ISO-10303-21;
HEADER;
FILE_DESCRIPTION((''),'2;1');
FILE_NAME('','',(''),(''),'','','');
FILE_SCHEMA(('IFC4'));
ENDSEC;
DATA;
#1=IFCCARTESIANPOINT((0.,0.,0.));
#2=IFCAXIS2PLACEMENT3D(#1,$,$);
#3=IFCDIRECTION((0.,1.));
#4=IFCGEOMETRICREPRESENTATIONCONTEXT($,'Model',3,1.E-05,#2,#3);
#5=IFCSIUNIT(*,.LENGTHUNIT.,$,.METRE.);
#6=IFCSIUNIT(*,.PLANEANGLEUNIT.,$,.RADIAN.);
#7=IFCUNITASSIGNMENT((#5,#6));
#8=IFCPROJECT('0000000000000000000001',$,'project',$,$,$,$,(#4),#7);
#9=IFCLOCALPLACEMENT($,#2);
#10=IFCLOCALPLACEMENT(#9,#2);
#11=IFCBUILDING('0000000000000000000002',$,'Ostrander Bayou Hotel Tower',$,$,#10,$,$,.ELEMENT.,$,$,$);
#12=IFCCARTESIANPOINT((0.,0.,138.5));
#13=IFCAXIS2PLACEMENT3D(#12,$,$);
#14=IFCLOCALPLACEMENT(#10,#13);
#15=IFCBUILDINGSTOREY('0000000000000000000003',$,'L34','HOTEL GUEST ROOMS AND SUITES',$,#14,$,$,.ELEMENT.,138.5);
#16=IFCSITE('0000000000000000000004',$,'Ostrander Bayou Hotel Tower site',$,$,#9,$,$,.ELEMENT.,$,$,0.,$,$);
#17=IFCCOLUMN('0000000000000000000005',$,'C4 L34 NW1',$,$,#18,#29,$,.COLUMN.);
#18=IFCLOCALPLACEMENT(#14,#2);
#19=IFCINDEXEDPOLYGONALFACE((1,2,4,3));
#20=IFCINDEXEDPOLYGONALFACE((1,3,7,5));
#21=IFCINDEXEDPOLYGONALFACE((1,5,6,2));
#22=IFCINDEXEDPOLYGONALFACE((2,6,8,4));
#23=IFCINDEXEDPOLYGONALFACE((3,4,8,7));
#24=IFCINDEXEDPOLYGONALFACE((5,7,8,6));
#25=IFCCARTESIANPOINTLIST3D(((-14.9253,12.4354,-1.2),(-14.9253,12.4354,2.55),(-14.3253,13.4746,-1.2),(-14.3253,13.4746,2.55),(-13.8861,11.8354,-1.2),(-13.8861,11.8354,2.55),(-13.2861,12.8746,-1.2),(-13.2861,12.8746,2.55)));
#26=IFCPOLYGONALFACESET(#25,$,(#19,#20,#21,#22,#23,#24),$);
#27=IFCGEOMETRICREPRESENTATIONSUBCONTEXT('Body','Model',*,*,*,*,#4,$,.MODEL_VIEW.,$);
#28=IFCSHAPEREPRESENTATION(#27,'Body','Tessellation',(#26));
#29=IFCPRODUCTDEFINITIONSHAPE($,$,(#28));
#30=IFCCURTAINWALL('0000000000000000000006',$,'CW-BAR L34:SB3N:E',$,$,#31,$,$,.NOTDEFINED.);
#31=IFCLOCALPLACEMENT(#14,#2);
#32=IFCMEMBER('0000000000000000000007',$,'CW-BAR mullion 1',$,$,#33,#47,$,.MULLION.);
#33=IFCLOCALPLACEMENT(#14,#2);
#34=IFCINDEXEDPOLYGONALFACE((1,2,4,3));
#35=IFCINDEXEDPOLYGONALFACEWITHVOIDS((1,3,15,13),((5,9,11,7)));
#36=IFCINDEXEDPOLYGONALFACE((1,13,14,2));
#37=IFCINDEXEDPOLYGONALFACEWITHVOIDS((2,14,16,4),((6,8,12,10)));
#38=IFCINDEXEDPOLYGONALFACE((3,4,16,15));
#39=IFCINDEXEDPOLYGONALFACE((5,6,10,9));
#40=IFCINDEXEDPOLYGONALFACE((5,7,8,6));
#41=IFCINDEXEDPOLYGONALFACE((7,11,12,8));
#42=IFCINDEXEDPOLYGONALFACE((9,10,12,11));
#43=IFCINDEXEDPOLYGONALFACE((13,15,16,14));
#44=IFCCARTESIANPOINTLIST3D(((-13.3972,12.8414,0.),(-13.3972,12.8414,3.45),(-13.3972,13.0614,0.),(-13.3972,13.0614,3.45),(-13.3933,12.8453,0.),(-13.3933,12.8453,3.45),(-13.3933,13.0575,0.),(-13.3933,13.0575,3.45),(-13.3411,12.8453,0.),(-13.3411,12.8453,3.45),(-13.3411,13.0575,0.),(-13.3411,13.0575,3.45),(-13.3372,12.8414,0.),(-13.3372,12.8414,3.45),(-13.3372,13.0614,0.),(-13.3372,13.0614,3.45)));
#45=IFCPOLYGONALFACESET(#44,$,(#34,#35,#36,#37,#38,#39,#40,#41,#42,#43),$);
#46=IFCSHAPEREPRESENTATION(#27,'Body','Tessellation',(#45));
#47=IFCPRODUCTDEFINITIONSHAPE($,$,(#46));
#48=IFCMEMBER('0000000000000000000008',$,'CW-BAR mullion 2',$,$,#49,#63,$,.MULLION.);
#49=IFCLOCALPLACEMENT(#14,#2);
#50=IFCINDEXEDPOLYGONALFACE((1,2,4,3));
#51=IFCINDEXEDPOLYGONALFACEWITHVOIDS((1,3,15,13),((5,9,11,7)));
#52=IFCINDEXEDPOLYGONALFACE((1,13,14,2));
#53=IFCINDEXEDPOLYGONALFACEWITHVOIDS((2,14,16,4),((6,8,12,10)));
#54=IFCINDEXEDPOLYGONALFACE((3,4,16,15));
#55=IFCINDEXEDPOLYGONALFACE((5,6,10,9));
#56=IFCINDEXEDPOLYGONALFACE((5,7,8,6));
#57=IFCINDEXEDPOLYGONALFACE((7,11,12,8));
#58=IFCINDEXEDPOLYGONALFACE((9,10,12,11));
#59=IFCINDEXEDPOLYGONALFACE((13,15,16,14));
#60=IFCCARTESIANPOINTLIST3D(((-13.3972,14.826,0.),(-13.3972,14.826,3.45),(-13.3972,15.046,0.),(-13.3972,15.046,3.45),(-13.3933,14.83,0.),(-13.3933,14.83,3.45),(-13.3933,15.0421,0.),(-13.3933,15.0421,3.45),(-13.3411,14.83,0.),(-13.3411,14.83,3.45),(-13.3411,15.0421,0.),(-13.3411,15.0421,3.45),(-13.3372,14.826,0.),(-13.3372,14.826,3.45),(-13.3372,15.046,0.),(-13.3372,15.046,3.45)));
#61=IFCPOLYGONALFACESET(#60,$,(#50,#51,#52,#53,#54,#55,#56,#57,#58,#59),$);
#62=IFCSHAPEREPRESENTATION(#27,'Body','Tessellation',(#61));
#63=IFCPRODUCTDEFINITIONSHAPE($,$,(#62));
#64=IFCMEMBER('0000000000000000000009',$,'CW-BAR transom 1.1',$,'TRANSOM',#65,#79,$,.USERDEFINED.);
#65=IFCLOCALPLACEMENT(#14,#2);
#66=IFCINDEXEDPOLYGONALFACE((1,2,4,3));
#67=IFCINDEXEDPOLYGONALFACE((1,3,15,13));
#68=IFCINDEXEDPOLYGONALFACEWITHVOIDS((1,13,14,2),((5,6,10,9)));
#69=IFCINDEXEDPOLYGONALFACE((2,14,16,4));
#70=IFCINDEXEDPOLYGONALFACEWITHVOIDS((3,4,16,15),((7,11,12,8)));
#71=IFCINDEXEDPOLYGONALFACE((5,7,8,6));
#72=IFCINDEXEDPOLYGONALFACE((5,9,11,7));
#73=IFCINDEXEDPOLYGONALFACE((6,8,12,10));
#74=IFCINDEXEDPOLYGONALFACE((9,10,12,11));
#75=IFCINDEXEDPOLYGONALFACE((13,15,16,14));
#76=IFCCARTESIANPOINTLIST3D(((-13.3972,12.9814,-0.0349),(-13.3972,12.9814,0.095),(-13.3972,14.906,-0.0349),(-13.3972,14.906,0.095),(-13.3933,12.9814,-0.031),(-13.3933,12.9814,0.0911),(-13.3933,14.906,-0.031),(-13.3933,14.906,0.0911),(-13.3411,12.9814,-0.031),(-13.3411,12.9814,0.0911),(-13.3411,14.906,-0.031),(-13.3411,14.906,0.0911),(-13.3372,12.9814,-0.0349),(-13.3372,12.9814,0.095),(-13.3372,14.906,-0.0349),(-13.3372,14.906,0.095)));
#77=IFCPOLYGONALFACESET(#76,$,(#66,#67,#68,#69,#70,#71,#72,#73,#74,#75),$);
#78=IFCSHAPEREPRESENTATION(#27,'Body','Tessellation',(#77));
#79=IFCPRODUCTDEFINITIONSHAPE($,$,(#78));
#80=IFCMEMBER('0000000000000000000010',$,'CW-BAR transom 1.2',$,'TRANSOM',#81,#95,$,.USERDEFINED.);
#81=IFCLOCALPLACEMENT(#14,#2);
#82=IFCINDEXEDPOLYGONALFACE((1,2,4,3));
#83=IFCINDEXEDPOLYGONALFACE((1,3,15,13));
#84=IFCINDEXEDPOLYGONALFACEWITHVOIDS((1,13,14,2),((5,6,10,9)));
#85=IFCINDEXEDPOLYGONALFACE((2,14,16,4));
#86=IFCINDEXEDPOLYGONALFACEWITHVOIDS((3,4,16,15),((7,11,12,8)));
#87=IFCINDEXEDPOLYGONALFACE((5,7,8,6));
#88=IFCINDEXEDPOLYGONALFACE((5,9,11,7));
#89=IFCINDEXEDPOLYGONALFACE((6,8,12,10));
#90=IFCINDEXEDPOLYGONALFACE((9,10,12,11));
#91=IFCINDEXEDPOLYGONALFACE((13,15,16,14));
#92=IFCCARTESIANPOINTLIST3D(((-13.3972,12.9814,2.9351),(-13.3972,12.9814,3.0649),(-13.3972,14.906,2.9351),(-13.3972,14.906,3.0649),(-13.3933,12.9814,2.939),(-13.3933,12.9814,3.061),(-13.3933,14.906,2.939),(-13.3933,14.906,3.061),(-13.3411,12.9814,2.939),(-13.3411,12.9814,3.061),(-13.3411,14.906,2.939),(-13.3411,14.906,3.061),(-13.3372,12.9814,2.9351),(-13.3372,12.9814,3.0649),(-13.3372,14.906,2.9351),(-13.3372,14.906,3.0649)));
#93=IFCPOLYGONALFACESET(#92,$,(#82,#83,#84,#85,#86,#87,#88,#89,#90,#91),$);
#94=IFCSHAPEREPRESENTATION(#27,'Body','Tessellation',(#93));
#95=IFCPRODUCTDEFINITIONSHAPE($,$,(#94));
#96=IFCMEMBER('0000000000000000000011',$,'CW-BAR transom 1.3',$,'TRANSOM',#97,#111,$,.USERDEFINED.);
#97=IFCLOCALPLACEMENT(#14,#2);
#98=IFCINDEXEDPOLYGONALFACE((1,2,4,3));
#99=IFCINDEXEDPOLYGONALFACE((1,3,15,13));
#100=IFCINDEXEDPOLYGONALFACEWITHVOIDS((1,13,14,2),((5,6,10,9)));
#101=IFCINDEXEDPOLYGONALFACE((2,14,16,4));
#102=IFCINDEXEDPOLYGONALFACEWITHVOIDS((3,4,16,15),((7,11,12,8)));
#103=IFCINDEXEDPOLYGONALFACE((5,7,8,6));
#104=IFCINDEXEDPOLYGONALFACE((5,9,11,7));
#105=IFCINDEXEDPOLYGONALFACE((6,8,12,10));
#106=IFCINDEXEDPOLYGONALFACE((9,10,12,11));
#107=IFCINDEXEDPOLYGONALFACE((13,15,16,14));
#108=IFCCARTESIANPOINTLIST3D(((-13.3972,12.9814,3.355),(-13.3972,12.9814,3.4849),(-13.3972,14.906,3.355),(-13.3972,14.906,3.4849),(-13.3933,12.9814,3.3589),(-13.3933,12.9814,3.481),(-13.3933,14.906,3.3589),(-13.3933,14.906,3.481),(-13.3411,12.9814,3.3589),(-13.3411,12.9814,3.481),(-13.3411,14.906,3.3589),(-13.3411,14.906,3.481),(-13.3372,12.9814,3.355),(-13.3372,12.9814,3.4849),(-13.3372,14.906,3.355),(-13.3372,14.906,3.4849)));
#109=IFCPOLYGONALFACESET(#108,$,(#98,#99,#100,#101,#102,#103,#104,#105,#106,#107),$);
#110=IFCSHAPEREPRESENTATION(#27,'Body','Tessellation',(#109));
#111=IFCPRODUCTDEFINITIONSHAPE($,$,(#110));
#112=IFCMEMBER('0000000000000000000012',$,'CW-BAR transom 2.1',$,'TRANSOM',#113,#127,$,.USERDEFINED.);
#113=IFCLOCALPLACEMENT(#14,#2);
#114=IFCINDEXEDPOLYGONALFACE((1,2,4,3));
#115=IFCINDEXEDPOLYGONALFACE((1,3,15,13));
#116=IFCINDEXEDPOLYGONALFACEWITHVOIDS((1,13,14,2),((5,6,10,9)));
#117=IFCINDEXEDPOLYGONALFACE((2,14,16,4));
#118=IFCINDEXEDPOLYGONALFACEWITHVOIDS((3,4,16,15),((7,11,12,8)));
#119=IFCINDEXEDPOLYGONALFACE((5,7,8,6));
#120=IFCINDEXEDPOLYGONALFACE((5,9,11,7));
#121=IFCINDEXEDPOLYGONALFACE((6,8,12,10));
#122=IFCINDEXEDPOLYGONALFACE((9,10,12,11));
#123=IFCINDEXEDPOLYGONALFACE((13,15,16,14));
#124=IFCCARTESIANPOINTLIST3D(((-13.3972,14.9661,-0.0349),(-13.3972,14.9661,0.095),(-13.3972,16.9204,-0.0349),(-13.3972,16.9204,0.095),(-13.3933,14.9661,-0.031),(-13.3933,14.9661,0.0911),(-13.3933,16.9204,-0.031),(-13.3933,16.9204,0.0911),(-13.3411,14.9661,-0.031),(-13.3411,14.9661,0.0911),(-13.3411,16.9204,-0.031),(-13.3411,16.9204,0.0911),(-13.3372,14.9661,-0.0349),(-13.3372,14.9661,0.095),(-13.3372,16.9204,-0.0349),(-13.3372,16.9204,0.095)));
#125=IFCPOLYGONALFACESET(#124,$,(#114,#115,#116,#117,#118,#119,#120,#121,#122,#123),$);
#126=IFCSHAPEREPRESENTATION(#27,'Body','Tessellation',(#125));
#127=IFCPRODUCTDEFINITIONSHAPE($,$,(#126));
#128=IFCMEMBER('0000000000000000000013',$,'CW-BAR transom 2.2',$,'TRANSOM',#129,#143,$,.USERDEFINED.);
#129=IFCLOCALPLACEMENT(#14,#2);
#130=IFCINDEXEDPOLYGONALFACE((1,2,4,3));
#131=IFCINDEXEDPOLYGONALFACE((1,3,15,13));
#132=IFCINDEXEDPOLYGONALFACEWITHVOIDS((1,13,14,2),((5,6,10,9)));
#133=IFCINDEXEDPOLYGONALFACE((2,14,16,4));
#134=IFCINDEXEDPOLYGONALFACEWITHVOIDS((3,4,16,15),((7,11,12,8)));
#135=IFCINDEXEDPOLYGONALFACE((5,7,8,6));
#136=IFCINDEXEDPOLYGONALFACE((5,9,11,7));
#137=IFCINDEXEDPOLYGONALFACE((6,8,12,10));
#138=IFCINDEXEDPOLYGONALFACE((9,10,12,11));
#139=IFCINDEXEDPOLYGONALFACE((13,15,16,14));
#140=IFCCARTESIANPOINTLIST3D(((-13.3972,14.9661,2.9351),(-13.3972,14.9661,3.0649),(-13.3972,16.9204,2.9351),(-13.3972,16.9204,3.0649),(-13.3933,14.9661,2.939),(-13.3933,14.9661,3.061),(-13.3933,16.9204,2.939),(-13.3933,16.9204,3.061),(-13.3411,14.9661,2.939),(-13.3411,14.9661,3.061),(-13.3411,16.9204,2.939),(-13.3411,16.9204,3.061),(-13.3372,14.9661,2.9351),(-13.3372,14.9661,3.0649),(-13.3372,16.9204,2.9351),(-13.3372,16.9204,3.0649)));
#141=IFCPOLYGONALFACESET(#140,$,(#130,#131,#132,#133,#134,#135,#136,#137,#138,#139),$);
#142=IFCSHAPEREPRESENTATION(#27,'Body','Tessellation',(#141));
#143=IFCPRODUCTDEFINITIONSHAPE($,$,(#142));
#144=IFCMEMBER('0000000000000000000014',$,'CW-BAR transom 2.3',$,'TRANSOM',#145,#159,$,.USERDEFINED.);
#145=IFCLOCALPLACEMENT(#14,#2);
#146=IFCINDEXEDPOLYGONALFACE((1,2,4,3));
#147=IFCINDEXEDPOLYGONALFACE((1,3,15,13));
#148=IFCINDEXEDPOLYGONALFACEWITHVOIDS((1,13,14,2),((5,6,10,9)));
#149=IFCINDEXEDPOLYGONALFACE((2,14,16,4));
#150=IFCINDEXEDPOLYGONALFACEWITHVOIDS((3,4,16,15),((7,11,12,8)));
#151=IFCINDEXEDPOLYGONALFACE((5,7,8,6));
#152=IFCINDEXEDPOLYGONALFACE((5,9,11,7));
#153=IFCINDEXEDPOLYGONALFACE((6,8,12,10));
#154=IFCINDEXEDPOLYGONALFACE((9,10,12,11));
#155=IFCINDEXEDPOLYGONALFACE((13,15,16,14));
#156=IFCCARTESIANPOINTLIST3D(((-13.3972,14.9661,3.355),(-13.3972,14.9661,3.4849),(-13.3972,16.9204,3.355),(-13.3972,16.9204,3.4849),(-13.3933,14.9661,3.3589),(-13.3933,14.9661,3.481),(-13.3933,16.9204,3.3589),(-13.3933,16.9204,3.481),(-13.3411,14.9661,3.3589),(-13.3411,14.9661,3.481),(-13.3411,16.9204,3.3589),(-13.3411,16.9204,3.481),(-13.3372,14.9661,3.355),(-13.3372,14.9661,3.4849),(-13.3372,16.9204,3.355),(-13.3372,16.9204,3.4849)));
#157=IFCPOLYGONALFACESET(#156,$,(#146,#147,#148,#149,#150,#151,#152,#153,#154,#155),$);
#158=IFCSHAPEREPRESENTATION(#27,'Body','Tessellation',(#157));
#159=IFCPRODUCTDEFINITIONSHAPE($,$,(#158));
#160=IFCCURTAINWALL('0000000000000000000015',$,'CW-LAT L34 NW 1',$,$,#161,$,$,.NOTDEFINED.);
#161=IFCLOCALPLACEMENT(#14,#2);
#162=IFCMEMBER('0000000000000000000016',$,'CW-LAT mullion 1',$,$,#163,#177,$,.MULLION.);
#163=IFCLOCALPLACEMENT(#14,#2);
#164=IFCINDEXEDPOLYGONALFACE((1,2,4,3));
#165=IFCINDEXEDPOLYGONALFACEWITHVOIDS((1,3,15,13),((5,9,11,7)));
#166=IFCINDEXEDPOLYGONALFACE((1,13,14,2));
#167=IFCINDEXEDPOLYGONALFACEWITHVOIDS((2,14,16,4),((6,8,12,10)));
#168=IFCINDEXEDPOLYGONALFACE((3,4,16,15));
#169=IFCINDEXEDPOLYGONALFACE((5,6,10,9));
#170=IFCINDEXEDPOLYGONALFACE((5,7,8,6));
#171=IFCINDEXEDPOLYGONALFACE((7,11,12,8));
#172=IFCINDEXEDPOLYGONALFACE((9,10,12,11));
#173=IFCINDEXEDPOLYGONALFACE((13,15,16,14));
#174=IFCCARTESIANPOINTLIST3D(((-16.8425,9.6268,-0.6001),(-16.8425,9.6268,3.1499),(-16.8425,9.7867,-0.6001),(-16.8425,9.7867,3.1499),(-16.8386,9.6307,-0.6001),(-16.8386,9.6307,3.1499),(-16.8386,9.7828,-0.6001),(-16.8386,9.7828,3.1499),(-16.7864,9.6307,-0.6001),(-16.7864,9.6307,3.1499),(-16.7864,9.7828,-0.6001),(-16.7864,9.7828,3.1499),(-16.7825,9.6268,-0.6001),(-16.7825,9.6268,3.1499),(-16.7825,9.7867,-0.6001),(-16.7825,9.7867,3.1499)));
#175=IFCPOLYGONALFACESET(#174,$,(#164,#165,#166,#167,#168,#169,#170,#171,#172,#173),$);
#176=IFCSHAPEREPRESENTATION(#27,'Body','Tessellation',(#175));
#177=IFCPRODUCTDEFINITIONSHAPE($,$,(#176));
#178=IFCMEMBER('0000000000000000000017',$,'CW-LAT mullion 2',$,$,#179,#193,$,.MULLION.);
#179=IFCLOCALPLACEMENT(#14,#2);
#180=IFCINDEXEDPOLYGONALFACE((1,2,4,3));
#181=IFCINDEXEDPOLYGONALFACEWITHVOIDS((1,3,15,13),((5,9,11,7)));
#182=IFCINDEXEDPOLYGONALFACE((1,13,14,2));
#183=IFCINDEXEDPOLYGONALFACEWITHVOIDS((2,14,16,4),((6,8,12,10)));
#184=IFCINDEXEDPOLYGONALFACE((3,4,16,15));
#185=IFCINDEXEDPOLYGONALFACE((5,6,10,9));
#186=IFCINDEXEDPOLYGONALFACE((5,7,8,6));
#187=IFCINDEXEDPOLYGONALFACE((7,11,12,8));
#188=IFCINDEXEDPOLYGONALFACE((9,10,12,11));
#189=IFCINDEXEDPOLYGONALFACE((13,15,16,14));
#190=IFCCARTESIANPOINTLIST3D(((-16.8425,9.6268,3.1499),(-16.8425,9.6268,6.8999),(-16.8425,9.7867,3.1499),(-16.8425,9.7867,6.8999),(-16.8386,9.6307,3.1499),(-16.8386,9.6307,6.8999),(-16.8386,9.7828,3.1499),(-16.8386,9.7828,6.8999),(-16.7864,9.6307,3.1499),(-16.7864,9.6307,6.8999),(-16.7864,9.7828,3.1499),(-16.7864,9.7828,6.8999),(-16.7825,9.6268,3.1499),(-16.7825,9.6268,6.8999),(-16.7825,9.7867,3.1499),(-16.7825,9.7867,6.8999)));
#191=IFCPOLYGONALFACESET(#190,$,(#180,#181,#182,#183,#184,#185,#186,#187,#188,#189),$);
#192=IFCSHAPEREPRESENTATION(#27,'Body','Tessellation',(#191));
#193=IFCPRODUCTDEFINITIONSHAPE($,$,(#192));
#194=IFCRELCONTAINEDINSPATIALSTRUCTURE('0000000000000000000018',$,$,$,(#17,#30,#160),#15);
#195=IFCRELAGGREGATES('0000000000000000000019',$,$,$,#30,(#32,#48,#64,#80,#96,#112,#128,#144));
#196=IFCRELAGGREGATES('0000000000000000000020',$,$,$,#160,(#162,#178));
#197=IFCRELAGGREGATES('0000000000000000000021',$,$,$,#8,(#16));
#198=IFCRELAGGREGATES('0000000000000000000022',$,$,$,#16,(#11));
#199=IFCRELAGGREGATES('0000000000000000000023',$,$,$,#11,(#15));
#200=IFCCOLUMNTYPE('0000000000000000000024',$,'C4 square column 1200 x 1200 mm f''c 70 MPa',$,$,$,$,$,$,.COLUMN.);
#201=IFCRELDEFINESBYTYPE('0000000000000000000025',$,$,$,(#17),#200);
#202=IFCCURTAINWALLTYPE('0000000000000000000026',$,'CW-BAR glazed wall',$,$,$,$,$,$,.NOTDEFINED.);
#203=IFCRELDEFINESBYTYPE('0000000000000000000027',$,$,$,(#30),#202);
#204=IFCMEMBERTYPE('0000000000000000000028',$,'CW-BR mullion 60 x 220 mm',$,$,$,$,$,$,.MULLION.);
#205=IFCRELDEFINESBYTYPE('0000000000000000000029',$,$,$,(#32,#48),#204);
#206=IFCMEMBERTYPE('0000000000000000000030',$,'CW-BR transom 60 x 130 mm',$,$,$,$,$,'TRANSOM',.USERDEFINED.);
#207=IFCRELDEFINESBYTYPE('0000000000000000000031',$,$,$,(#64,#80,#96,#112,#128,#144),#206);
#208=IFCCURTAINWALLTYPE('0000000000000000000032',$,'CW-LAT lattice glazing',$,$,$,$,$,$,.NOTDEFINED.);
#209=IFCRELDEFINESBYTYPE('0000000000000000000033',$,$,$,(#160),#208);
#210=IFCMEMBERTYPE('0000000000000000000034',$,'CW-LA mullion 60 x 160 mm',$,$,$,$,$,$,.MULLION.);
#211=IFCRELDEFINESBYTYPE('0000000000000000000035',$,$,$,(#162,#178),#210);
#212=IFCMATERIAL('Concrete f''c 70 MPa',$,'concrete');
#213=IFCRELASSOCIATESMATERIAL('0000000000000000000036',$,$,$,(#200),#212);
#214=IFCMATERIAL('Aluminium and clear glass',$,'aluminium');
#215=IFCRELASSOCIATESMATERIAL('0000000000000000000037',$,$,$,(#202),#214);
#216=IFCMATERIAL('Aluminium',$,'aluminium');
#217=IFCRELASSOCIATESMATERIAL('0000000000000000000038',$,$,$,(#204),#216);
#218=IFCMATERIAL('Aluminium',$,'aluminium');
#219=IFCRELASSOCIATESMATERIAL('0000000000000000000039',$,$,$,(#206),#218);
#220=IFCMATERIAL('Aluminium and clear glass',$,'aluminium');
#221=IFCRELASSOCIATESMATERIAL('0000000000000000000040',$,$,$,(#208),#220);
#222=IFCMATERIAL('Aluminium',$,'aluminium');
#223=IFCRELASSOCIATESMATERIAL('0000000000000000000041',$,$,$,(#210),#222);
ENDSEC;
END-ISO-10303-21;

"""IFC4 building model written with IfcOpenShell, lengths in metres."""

from ifc_helpers import new_model, si_unit, direction, frame, origin, origin_2d, place, context, subcontext, project, spatial, rectangle, hollow_rectangle, extrude, material, material_profile, profile_set, type_object, element, aggregate, save


model = new_model("IFC4")

# Units and contexts
model_context = context("Model", 3, precision=1e-05, world=origin(), true_north=direction((0.0, 1.0)))
body_context = subcontext(model_context, "Body", "Model", "MODEL_VIEW")
ifc_project = project(units=[si_unit("LENGTHUNIT", "METRE"), si_unit("PLANEANGLEUNIT", "RADIAN")], contexts=[model_context])

# Site, building, storey
site_placement = place(None, origin())
site = spatial("IfcSite", under=ifc_project, at=site_placement, Name="Ostrander Bayou Hotel Tower site", CompositionType="ELEMENT", RefElevation=0.0)
building_placement = place(site_placement, origin())
building = spatial("IfcBuilding", under=site, at=building_placement, Name="Ostrander Bayou Hotel Tower", CompositionType="ELEMENT")
storey_placement = place(building_placement, frame((0.0, 0.0, 138.5)))
storey = spatial("IfcBuildingStorey", under=building, at=storey_placement, Name="L34", Description="HOTEL GUEST ROOMS AND SUITES", CompositionType="ELEMENT", Elevation=138.5)

# Column
ifc_material_1 = material(Name="Concrete f'c 70 MPa", Category="concrete")
ifc_material_profile_1 = material_profile(ifc_material_1, rectangle(XDim=1.2, YDim=1.2, at=origin_2d()))
ifc_profile_set_1 = profile_set([ifc_material_profile_1], Name="Concrete f'c 70 MPa")
column_type = type_object("IfcColumnType", Name="C4 square column 1200 x 1200 mm f'c 70 MPa", PredefinedType="COLUMN", material=ifc_profile_set_1)
column_placement = place(storey_placement, frame((-14.1057, 12.655, -1.2), z_axis=(0.0, 0.0, 1.0), x_axis=(0.5, 0.866025, 0.0)))
element("IfcColumn", 1, at=column_placement, inside=storey, type_object=column_type, Name="C4 L34 NW1", PredefinedType="COLUMN", context=body_context, shape_type="SweptSolid", body=[
    extrude(rectangle(XDim=1.2, YDim=1.2, at=origin_2d()), origin(), (0.0, 0.0, 1.0), 3.75),
])

# Curtain walls, members
ifc_material_2 = material(Name="Aluminium and clear glass", Category="aluminium")
curtain_wall_type_1 = type_object("IfcCurtainWallType", Name="CW-BAR glazed wall", PredefinedType="NOTDEFINED", material=ifc_material_2)
curtain_wall_1_placement = place(storey_placement, origin())
curtain_wall_1 = element("IfcCurtainWall", 2, at=curtain_wall_1_placement, inside=storey, type_object=curtain_wall_type_1, Name="CW-BAR L34:SB3N:E", PredefinedType="NOTDEFINED")
ifc_material_3 = material(Name="Aluminium", Category="aluminium")
ifc_material_profile_2 = material_profile(ifc_material_3, hollow_rectangle(XDim=0.0601, YDim=0.22, WallThickness=0.0039, at=origin_2d()))
ifc_profile_set_2 = profile_set([ifc_material_profile_2], Name="Aluminium")
member_type_1 = type_object("IfcMemberType", Name="CW-BR mullion 60 x 220 mm", PredefinedType="MULLION", material=ifc_profile_set_2)
member_1_placement = place(storey_placement, frame((-13.3672, 12.9514, 0.0), z_axis=(0.0, 0.0, 1.0), x_axis=(-1.0, 0.0, 0.0)))
member_1 = element("IfcMember", 3, at=member_1_placement, type_object=member_type_1, Name="CW-BAR mullion 1", PredefinedType="MULLION", context=body_context, shape_type="SweptSolid", body=[
    extrude(hollow_rectangle(XDim=0.0601, YDim=0.22, WallThickness=0.0039, at=origin_2d()), origin(), (0.0, 0.0, 1.0), 3.45),
])
member_2_placement = place(storey_placement, frame((-13.3672, 14.936, 0.0), z_axis=(0.0, 0.0, 1.0), x_axis=(-1.0, 0.0, 0.0)))
member_2 = element("IfcMember", 4, at=member_2_placement, type_object=member_type_1, Name="CW-BAR mullion 2", PredefinedType="MULLION", context=body_context, shape_type="SweptSolid", body=[
    extrude(hollow_rectangle(XDim=0.0601, YDim=0.22, WallThickness=0.0039, at=origin_2d()), origin(), (0.0, 0.0, 1.0), 3.45),
])
ifc_material_4 = material(Name="Aluminium", Category="aluminium")
ifc_material_profile_3 = material_profile(ifc_material_4, hollow_rectangle(XDim=0.0601, YDim=0.1299, WallThickness=0.0039, at=origin_2d()))
ifc_profile_set_3 = profile_set([ifc_material_profile_3], Name="Aluminium")
member_type_2 = type_object("IfcMemberType", Name="CW-BR transom 60 x 130 mm", ElementType="TRANSOM", PredefinedType="USERDEFINED", material=ifc_profile_set_3)
member_3_placement = place(storey_placement, frame((-13.3672, 12.9814, 0.03), z_axis=(0.0, 1.0, 0.0), x_axis=(-1.0, 0.0, 0.0)))
member_3 = element("IfcMember", 5, at=member_3_placement, type_object=member_type_2, Name="CW-BAR transom 1.1", ObjectType="TRANSOM", PredefinedType="USERDEFINED", context=body_context, shape_type="SweptSolid", body=[
    extrude(hollow_rectangle(XDim=0.0601, YDim=0.1299, WallThickness=0.0039, at=origin_2d()), origin(), (0.0, 0.0, 1.0), 1.9246),
])
member_4_placement = place(storey_placement, frame((-13.3672, 12.9814, 3.0), z_axis=(0.0, 1.0, 0.0), x_axis=(-1.0, 0.0, 0.0)))
member_4 = element("IfcMember", 6, at=member_4_placement, type_object=member_type_2, Name="CW-BAR transom 1.2", ObjectType="TRANSOM", PredefinedType="USERDEFINED", context=body_context, shape_type="SweptSolid", body=[
    extrude(hollow_rectangle(XDim=0.0601, YDim=0.1299, WallThickness=0.0039, at=origin_2d()), origin(), (0.0, 0.0, 1.0), 1.9246),
])
member_5_placement = place(storey_placement, frame((-13.3672, 12.9814, 3.4199), z_axis=(0.0, 1.0, 0.0), x_axis=(-1.0, 0.0, 0.0)))
member_5 = element("IfcMember", 7, at=member_5_placement, type_object=member_type_2, Name="CW-BAR transom 1.3", ObjectType="TRANSOM", PredefinedType="USERDEFINED", context=body_context, shape_type="SweptSolid", body=[
    extrude(hollow_rectangle(XDim=0.0601, YDim=0.1299, WallThickness=0.0039, at=origin_2d()), origin(), (0.0, 0.0, 1.0), 1.9246),
])
member_6_placement = place(storey_placement, frame((-13.3672, 14.9661, 0.03), z_axis=(0.0, 1.0, 0.0), x_axis=(-1.0, 0.0, 0.0)))
member_6 = element("IfcMember", 8, at=member_6_placement, type_object=member_type_2, Name="CW-BAR transom 2.1", ObjectType="TRANSOM", PredefinedType="USERDEFINED", context=body_context, shape_type="SweptSolid", body=[
    extrude(hollow_rectangle(XDim=0.0601, YDim=0.1299, WallThickness=0.0039, at=origin_2d()), origin(), (0.0, 0.0, 1.0), 1.9543),
])
member_7_placement = place(storey_placement, frame((-13.3672, 14.9661, 3.0), z_axis=(0.0, 1.0, 0.0), x_axis=(-1.0, 0.0, 0.0)))
member_7 = element("IfcMember", 9, at=member_7_placement, type_object=member_type_2, Name="CW-BAR transom 2.2", ObjectType="TRANSOM", PredefinedType="USERDEFINED", context=body_context, shape_type="SweptSolid", body=[
    extrude(hollow_rectangle(XDim=0.0601, YDim=0.1299, WallThickness=0.0039, at=origin_2d()), origin(), (0.0, 0.0, 1.0), 1.9543),
])
member_8_placement = place(storey_placement, frame((-13.3672, 14.9661, 3.4199), z_axis=(0.0, 1.0, 0.0), x_axis=(-1.0, 0.0, 0.0)))
member_8 = element("IfcMember", 10, at=member_8_placement, type_object=member_type_2, Name="CW-BAR transom 2.3", ObjectType="TRANSOM", PredefinedType="USERDEFINED", context=body_context, shape_type="SweptSolid", body=[
    extrude(hollow_rectangle(XDim=0.0601, YDim=0.1299, WallThickness=0.0039, at=origin_2d()), origin(), (0.0, 0.0, 1.0), 1.9543),
])
ifc_material_5 = material(Name="Aluminium and clear glass", Category="aluminium")
curtain_wall_type_2 = type_object("IfcCurtainWallType", Name="CW-LAT lattice glazing", PredefinedType="NOTDEFINED", material=ifc_material_5)
curtain_wall_2_placement = place(storey_placement, origin())
curtain_wall_2 = element("IfcCurtainWall", 11, at=curtain_wall_2_placement, inside=storey, type_object=curtain_wall_type_2, Name="CW-LAT L34 NW 1", PredefinedType="NOTDEFINED")
ifc_material_6 = material(Name="Aluminium", Category="aluminium")
ifc_material_profile_4 = material_profile(ifc_material_6, hollow_rectangle(XDim=0.0601, YDim=0.1599, WallThickness=0.0039, at=origin_2d()))
ifc_profile_set_4 = profile_set([ifc_material_profile_4], Name="Aluminium")
member_type_3 = type_object("IfcMemberType", Name="CW-LA mullion 60 x 160 mm", PredefinedType="MULLION", material=ifc_profile_set_4)
member_9_placement = place(storey_placement, frame((-16.8125, 9.7068, -0.6001), z_axis=(0.0, 0.0, 1.0), x_axis=(1.0, 0.0, 0.0)))
member_9 = element("IfcMember", 12, at=member_9_placement, type_object=member_type_3, Name="CW-LAT mullion 1", PredefinedType="MULLION", context=body_context, shape_type="SweptSolid", body=[
    extrude(hollow_rectangle(XDim=0.0601, YDim=0.1599, WallThickness=0.0039, at=origin_2d()), origin(), (0.0, 0.0, 1.0), 3.75),
])
member_10_placement = place(storey_placement, frame((-16.8125, 9.7068, 3.1499), z_axis=(0.0, 0.0, 1.0), x_axis=(1.0, 0.0, 0.0)))
member_10 = element("IfcMember", 13, at=member_10_placement, type_object=member_type_3, Name="CW-LAT mullion 2", PredefinedType="MULLION", context=body_context, shape_type="SweptSolid", body=[
    extrude(hollow_rectangle(XDim=0.0601, YDim=0.1599, WallThickness=0.0039, at=origin_2d()), origin(), (0.0, 0.0, 1.0), 3.75),
])

aggregate(curtain_wall_1, [member_1, member_2, member_3, member_4, member_5, member_6, member_7, member_8])
aggregate(curtain_wall_2, [member_9, member_10])

save(model, "model.ifc")
